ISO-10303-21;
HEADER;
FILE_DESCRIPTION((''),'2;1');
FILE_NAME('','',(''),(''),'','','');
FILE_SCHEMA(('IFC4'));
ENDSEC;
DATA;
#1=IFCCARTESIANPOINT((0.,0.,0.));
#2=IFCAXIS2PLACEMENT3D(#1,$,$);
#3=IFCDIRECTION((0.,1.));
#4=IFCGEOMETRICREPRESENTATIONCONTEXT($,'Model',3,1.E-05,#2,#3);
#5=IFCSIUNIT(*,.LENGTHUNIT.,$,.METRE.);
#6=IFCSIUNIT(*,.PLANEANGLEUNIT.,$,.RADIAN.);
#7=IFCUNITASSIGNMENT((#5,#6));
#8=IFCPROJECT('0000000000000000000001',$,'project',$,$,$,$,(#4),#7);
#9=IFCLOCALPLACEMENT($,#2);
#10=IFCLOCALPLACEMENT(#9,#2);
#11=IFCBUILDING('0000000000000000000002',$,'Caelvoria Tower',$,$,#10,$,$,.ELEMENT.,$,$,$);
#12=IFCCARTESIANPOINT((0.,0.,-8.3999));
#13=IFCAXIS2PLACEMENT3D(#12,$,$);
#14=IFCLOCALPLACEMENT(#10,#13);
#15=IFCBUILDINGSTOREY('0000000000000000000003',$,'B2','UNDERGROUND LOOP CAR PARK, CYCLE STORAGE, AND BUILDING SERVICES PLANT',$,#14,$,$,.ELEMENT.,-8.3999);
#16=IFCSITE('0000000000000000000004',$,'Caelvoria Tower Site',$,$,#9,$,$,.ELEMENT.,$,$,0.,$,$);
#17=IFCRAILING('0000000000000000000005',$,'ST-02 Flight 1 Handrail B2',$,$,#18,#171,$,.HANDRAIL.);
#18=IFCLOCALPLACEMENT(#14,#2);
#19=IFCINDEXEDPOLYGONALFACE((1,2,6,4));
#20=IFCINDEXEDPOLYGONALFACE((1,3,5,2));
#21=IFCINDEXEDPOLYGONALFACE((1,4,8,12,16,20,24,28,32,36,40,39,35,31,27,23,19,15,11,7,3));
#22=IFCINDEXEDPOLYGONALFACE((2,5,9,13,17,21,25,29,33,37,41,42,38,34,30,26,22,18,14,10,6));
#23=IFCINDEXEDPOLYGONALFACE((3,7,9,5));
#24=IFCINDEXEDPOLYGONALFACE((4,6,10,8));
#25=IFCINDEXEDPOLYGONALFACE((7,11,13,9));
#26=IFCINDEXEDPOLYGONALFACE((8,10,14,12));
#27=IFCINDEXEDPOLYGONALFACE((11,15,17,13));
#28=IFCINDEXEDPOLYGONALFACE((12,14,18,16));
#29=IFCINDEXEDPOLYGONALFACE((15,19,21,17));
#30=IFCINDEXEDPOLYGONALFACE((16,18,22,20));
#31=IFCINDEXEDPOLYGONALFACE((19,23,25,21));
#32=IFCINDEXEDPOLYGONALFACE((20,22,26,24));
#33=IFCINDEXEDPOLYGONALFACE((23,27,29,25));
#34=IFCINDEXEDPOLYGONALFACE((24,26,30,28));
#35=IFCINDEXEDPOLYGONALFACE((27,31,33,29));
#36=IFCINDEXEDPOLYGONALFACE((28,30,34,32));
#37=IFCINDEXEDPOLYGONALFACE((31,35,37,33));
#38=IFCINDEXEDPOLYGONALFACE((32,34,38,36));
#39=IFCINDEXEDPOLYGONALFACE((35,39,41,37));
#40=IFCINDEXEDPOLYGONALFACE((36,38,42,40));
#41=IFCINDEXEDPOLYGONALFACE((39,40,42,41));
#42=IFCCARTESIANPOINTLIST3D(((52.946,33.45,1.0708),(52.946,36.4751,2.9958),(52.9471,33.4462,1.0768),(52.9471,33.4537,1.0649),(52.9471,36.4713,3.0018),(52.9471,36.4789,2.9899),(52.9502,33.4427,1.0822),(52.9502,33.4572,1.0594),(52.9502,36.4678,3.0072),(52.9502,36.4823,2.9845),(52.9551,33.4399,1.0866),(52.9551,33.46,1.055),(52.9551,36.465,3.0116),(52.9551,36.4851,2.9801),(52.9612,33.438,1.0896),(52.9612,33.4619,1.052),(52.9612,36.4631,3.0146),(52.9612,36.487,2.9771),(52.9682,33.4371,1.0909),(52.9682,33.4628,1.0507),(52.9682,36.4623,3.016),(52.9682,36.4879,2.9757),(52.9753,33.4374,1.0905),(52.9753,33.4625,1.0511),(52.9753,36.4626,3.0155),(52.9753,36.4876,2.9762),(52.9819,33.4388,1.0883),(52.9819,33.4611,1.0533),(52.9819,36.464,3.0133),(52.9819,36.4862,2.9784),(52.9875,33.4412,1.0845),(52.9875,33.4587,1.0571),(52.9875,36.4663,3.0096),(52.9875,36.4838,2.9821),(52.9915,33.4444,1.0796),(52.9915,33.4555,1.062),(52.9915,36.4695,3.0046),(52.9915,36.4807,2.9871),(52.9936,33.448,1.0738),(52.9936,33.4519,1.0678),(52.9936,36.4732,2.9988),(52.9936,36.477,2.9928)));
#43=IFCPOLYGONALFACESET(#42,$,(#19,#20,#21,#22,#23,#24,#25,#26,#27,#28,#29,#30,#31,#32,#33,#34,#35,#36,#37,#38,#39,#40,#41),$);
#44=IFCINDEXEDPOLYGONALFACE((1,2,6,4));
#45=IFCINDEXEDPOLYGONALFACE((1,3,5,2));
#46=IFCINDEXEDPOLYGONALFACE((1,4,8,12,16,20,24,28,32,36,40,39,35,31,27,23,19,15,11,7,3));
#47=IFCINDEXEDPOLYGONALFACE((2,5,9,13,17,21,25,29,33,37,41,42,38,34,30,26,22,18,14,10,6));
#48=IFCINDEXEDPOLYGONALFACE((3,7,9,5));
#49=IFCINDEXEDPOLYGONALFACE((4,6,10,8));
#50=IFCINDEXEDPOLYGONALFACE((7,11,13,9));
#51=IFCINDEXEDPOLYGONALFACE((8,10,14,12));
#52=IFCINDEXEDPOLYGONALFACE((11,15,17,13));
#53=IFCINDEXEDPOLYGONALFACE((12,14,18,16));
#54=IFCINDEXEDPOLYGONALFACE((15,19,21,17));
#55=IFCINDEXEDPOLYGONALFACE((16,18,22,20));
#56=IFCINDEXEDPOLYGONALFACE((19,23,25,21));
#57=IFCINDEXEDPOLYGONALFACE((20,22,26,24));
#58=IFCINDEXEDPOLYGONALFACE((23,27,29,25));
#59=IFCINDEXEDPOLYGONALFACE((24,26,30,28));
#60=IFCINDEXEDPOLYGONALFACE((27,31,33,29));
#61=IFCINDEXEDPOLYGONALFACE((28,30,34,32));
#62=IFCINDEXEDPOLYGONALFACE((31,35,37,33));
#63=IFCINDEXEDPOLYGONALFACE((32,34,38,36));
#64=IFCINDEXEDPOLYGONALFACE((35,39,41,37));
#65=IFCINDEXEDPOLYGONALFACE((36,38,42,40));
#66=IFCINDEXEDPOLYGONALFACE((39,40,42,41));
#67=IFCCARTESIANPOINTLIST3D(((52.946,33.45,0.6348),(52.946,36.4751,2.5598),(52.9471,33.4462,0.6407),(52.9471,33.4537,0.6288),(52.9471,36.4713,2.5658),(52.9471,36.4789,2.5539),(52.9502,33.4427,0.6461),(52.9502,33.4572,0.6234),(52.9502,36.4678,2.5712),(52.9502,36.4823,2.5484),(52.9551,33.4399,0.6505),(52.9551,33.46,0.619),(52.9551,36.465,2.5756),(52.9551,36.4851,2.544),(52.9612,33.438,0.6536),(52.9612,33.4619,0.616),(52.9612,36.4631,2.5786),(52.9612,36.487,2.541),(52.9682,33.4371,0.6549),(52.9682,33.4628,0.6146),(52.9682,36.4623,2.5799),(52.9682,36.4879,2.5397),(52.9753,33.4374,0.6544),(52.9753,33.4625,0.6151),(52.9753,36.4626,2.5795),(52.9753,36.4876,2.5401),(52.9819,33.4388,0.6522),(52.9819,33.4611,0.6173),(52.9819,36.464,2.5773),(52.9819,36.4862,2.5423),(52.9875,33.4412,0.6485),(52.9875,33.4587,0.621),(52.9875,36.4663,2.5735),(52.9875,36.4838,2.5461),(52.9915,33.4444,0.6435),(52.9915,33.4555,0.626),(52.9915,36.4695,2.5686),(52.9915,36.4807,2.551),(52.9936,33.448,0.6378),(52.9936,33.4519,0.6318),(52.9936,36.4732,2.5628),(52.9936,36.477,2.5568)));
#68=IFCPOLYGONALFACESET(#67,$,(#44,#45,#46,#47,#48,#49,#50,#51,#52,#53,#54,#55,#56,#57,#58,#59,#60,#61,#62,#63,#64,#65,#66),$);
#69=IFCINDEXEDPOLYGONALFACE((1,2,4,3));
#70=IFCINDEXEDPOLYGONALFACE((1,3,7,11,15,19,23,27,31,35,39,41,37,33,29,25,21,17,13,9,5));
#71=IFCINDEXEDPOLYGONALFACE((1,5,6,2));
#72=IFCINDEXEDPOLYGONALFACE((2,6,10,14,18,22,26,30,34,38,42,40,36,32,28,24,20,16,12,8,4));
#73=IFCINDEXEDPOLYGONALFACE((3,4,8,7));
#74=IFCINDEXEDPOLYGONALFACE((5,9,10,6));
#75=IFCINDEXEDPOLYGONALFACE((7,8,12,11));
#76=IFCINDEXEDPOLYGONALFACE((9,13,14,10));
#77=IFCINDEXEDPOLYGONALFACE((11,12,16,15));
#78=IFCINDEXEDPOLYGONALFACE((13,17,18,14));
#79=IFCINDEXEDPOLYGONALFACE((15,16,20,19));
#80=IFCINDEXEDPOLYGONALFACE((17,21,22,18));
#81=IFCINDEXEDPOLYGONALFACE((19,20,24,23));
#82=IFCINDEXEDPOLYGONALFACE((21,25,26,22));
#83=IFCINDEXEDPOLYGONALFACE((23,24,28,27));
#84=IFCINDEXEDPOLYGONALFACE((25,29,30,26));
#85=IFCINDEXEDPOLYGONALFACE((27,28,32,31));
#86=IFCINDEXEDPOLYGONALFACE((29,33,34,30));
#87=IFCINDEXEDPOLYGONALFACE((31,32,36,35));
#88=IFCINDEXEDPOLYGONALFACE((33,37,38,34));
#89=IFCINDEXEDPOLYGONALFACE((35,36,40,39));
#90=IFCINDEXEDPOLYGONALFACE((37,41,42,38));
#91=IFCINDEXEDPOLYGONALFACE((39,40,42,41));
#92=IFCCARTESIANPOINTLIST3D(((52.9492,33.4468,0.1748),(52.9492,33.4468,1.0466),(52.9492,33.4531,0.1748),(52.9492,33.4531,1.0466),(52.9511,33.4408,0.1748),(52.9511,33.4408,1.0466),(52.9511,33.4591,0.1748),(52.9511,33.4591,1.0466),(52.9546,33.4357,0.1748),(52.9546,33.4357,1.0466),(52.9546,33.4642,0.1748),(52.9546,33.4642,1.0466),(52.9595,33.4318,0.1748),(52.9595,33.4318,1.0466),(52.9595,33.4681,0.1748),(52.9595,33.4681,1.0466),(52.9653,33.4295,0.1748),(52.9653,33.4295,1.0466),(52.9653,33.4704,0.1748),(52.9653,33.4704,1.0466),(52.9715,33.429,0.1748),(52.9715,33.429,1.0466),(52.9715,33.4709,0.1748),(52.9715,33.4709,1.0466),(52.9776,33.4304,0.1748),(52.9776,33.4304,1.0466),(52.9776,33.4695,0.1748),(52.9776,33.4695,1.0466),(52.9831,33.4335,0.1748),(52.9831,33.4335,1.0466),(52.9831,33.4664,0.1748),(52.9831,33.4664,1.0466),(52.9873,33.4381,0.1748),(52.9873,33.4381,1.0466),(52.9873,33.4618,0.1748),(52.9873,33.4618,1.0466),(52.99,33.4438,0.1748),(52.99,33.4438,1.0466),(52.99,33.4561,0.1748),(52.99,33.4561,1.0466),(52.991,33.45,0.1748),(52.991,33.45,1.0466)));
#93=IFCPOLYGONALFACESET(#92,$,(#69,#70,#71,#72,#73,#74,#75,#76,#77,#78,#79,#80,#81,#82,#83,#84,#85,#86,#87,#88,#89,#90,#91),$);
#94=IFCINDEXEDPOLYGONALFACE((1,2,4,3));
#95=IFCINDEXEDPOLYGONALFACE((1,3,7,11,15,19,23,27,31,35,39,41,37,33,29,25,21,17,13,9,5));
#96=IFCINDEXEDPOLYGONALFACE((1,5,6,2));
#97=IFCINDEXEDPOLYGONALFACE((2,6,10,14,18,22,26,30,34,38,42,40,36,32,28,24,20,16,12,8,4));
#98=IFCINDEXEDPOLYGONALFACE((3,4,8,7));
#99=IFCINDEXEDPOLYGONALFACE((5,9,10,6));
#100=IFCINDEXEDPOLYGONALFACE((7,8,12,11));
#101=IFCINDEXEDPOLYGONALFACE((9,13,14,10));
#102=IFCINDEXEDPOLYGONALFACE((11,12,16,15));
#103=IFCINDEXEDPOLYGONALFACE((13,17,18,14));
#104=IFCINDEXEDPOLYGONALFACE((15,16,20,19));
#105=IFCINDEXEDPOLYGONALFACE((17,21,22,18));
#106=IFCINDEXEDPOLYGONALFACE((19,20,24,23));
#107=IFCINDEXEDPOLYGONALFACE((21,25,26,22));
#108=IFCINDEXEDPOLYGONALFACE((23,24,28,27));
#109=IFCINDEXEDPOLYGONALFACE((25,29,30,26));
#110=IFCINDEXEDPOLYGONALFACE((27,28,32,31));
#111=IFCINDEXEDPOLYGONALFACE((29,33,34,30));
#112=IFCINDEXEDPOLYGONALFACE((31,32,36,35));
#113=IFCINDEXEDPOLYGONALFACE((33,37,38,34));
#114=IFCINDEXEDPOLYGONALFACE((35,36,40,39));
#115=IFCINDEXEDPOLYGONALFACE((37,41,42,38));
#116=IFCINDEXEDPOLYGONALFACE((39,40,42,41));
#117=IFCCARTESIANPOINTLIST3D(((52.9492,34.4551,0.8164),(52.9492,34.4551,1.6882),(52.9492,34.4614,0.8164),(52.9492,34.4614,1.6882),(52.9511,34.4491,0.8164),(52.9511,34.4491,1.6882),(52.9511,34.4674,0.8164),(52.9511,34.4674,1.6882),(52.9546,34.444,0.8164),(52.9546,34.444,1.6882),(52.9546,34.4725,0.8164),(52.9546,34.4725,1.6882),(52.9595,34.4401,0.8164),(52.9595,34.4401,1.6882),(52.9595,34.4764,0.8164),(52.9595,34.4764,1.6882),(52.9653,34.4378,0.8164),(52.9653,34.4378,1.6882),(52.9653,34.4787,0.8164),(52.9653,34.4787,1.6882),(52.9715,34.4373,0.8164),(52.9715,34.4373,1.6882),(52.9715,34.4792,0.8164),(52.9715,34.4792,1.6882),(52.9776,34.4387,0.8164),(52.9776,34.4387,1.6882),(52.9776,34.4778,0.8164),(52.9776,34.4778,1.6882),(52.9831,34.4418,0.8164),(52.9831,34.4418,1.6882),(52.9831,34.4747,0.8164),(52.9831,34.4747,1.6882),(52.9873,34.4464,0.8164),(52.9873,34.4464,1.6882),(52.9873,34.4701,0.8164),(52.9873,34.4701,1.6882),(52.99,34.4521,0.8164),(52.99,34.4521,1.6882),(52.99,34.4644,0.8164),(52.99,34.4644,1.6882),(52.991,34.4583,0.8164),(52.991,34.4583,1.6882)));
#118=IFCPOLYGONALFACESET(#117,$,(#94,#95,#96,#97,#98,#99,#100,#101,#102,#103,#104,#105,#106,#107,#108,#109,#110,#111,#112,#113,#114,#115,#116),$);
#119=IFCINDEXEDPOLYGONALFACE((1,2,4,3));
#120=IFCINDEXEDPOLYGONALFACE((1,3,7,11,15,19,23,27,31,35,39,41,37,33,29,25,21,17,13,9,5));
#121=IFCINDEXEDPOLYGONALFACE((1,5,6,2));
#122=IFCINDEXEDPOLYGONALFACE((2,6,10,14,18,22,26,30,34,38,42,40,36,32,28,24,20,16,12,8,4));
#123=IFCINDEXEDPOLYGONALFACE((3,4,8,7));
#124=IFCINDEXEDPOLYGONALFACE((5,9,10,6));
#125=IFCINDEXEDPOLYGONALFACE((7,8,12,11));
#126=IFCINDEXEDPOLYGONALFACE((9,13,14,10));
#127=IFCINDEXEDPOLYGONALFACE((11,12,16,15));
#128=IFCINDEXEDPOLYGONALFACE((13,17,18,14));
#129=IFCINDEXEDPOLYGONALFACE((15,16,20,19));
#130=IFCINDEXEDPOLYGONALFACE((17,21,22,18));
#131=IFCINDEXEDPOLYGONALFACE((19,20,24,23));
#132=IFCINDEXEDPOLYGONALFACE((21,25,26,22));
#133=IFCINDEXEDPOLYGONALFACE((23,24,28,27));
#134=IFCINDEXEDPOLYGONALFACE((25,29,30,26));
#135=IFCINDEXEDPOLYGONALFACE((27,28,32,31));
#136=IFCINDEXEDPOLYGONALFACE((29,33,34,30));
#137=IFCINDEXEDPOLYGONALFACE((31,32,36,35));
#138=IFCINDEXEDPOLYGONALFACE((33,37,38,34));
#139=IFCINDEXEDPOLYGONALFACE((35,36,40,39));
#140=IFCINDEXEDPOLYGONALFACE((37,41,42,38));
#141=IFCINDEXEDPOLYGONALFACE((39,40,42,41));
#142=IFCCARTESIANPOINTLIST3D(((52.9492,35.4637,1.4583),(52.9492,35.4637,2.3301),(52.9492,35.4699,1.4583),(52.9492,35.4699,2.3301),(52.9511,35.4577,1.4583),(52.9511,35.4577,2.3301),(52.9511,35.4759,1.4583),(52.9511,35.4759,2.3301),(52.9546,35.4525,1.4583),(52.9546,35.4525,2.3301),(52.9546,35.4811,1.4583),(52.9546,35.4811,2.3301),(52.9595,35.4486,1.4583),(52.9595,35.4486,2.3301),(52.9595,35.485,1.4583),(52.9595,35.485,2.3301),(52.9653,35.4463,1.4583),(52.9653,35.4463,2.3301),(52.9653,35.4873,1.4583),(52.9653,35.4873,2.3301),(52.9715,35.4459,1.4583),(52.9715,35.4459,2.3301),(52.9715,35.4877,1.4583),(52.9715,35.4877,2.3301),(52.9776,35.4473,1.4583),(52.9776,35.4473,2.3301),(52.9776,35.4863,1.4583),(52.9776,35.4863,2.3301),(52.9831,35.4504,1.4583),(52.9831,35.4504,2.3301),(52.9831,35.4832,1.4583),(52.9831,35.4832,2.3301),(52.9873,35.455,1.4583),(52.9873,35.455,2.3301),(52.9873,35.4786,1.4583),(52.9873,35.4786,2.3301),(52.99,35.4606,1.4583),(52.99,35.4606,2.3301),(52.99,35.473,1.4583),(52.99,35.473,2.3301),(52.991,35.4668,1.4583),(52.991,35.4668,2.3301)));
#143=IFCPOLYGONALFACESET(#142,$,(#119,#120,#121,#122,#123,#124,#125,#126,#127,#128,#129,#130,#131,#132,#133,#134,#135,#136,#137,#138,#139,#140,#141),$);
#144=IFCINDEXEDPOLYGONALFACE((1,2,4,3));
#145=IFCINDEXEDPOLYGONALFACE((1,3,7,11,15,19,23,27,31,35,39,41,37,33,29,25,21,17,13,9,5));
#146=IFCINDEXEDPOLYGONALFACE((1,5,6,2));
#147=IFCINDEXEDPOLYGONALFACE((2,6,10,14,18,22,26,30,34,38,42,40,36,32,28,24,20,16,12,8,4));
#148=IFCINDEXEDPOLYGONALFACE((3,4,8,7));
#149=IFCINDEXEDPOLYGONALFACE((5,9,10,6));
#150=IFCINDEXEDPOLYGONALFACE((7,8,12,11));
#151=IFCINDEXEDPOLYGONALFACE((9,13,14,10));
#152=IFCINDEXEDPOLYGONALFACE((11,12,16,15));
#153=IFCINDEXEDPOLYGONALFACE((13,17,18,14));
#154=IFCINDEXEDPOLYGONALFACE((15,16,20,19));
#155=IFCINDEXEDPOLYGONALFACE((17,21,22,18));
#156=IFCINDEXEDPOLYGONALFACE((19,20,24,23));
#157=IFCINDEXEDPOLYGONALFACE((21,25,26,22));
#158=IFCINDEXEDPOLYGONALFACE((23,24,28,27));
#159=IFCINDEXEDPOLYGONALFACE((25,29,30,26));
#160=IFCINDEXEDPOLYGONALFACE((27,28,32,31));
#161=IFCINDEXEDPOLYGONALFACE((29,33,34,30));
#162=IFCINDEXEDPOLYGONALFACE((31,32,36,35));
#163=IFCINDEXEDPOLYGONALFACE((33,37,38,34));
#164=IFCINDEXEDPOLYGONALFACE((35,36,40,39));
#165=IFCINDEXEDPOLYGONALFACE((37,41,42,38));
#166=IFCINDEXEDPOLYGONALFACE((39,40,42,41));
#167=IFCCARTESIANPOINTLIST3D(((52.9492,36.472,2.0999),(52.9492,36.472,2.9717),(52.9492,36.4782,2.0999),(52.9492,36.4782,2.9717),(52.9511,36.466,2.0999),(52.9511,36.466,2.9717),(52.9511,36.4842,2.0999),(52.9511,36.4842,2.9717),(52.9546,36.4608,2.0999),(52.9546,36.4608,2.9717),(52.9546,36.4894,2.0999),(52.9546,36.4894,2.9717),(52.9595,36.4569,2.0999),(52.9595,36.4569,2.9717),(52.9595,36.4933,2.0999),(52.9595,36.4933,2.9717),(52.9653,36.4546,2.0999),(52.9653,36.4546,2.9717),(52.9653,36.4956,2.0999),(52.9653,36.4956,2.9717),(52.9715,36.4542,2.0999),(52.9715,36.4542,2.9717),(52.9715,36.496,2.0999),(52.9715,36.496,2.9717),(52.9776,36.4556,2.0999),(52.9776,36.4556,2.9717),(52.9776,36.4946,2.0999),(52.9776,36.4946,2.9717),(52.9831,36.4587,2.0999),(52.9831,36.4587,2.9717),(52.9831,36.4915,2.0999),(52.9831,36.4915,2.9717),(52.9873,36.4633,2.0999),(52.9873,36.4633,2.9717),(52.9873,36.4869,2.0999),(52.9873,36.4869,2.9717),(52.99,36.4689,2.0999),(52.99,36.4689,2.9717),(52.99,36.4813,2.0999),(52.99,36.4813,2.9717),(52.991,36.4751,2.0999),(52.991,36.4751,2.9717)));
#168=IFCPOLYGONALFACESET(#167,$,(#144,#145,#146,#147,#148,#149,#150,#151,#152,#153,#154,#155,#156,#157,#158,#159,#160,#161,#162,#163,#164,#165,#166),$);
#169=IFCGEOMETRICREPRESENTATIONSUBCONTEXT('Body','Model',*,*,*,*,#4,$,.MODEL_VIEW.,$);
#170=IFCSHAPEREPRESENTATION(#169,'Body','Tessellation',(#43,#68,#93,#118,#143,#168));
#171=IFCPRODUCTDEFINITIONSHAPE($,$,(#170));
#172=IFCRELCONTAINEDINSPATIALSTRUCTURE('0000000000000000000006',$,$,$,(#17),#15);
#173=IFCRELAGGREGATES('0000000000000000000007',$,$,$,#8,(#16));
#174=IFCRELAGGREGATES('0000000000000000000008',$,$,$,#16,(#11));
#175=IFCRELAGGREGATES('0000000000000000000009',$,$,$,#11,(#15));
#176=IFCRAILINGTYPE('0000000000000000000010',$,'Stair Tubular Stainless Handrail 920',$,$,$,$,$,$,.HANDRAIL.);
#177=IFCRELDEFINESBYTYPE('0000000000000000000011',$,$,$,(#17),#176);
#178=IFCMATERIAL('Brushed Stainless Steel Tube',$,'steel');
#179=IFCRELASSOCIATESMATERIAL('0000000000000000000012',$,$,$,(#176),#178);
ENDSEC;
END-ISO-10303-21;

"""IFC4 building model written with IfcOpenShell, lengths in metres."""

from ifc_helpers import new_model, si_unit, direction, frame, origin, origin_2d, place, context, subcontext, project, spatial, circle, extrude, material, type_object, element, save


model = new_model("IFC4")

# Units and contexts
model_context = context("Model", 3, precision=1e-05, world=origin(), true_north=direction((0.0, 1.0)))
body_context = subcontext(model_context, "Body", "Model", "MODEL_VIEW")
ifc_project = project(units=[si_unit("LENGTHUNIT", "METRE"), si_unit("PLANEANGLEUNIT", "RADIAN")], contexts=[model_context])

# Site, building, storey
site_placement = place(None, origin())
site = spatial("IfcSite", under=ifc_project, at=site_placement, Name="Caelvoria Tower Site", CompositionType="ELEMENT", RefElevation=0.0)
building_placement = place(site_placement, origin())
building = spatial("IfcBuilding", under=site, at=building_placement, Name="Caelvoria Tower", CompositionType="ELEMENT")
storey_placement = place(building_placement, frame((0.0, 0.0, -8.3999)))
storey = spatial("IfcBuildingStorey", under=building, at=storey_placement, Name="B2", Description="UNDERGROUND LOOP CAR PARK, CYCLE STORAGE, AND BUILDING SERVICES PLANT", CompositionType="ELEMENT", Elevation=-8.3999)

# Railing
ifc_material_1 = material(Name="Brushed Stainless Steel Tube", Category="steel")
railing_type_1 = type_object("IfcRailingType", Name="Stair Tubular Stainless Handrail 920", PredefinedType="HANDRAIL", material=ifc_material_1)
railing_1_placement = place(storey_placement, frame((52.97, 33.45, 0.1748)))
element("IfcRailing", 1, at=railing_1_placement, inside=storey, type_object=railing_type_1, Name="ST-02 Flight 1 Handrail B2", PredefinedType="HANDRAIL", context=body_context, shape_type="SweptSolid", body=[
    extrude(circle(Radius=0.0239, at=origin_2d()), frame((0.0, 0.0, 0.896), z_axis=(0.0, 0.843667, 0.536867), x_axis=(-1.0, 0.0, 0.0)), (0.0, 0.0, 1.0), 3.5857),
    extrude(circle(Radius=0.0239, at=origin_2d()), frame((0.0, 0.0, 0.46), z_axis=(0.0, 0.843667, 0.536867), x_axis=(-1.0, 0.0, 0.0)), (0.0, 0.0, 1.0), 3.5857),
    extrude(circle(Radius=0.021, at=origin_2d()), origin(), (0.0, 0.0, 1.0), 0.8718),
    extrude(circle(Radius=0.021, at=origin_2d()), frame((0.0, 1.0083, 0.6416)), (0.0, 0.0, 1.0), 0.8718),
    extrude(circle(Radius=0.021, at=origin_2d()), frame((0.0, 2.0168, 1.2834)), (0.0, 0.0, 1.0), 0.8718),
    extrude(circle(Radius=0.021, at=origin_2d()), frame((0.0, 3.0251, 1.925)), (0.0, 0.0, 1.0), 0.8718),
])

save(model, "model.ifc")
